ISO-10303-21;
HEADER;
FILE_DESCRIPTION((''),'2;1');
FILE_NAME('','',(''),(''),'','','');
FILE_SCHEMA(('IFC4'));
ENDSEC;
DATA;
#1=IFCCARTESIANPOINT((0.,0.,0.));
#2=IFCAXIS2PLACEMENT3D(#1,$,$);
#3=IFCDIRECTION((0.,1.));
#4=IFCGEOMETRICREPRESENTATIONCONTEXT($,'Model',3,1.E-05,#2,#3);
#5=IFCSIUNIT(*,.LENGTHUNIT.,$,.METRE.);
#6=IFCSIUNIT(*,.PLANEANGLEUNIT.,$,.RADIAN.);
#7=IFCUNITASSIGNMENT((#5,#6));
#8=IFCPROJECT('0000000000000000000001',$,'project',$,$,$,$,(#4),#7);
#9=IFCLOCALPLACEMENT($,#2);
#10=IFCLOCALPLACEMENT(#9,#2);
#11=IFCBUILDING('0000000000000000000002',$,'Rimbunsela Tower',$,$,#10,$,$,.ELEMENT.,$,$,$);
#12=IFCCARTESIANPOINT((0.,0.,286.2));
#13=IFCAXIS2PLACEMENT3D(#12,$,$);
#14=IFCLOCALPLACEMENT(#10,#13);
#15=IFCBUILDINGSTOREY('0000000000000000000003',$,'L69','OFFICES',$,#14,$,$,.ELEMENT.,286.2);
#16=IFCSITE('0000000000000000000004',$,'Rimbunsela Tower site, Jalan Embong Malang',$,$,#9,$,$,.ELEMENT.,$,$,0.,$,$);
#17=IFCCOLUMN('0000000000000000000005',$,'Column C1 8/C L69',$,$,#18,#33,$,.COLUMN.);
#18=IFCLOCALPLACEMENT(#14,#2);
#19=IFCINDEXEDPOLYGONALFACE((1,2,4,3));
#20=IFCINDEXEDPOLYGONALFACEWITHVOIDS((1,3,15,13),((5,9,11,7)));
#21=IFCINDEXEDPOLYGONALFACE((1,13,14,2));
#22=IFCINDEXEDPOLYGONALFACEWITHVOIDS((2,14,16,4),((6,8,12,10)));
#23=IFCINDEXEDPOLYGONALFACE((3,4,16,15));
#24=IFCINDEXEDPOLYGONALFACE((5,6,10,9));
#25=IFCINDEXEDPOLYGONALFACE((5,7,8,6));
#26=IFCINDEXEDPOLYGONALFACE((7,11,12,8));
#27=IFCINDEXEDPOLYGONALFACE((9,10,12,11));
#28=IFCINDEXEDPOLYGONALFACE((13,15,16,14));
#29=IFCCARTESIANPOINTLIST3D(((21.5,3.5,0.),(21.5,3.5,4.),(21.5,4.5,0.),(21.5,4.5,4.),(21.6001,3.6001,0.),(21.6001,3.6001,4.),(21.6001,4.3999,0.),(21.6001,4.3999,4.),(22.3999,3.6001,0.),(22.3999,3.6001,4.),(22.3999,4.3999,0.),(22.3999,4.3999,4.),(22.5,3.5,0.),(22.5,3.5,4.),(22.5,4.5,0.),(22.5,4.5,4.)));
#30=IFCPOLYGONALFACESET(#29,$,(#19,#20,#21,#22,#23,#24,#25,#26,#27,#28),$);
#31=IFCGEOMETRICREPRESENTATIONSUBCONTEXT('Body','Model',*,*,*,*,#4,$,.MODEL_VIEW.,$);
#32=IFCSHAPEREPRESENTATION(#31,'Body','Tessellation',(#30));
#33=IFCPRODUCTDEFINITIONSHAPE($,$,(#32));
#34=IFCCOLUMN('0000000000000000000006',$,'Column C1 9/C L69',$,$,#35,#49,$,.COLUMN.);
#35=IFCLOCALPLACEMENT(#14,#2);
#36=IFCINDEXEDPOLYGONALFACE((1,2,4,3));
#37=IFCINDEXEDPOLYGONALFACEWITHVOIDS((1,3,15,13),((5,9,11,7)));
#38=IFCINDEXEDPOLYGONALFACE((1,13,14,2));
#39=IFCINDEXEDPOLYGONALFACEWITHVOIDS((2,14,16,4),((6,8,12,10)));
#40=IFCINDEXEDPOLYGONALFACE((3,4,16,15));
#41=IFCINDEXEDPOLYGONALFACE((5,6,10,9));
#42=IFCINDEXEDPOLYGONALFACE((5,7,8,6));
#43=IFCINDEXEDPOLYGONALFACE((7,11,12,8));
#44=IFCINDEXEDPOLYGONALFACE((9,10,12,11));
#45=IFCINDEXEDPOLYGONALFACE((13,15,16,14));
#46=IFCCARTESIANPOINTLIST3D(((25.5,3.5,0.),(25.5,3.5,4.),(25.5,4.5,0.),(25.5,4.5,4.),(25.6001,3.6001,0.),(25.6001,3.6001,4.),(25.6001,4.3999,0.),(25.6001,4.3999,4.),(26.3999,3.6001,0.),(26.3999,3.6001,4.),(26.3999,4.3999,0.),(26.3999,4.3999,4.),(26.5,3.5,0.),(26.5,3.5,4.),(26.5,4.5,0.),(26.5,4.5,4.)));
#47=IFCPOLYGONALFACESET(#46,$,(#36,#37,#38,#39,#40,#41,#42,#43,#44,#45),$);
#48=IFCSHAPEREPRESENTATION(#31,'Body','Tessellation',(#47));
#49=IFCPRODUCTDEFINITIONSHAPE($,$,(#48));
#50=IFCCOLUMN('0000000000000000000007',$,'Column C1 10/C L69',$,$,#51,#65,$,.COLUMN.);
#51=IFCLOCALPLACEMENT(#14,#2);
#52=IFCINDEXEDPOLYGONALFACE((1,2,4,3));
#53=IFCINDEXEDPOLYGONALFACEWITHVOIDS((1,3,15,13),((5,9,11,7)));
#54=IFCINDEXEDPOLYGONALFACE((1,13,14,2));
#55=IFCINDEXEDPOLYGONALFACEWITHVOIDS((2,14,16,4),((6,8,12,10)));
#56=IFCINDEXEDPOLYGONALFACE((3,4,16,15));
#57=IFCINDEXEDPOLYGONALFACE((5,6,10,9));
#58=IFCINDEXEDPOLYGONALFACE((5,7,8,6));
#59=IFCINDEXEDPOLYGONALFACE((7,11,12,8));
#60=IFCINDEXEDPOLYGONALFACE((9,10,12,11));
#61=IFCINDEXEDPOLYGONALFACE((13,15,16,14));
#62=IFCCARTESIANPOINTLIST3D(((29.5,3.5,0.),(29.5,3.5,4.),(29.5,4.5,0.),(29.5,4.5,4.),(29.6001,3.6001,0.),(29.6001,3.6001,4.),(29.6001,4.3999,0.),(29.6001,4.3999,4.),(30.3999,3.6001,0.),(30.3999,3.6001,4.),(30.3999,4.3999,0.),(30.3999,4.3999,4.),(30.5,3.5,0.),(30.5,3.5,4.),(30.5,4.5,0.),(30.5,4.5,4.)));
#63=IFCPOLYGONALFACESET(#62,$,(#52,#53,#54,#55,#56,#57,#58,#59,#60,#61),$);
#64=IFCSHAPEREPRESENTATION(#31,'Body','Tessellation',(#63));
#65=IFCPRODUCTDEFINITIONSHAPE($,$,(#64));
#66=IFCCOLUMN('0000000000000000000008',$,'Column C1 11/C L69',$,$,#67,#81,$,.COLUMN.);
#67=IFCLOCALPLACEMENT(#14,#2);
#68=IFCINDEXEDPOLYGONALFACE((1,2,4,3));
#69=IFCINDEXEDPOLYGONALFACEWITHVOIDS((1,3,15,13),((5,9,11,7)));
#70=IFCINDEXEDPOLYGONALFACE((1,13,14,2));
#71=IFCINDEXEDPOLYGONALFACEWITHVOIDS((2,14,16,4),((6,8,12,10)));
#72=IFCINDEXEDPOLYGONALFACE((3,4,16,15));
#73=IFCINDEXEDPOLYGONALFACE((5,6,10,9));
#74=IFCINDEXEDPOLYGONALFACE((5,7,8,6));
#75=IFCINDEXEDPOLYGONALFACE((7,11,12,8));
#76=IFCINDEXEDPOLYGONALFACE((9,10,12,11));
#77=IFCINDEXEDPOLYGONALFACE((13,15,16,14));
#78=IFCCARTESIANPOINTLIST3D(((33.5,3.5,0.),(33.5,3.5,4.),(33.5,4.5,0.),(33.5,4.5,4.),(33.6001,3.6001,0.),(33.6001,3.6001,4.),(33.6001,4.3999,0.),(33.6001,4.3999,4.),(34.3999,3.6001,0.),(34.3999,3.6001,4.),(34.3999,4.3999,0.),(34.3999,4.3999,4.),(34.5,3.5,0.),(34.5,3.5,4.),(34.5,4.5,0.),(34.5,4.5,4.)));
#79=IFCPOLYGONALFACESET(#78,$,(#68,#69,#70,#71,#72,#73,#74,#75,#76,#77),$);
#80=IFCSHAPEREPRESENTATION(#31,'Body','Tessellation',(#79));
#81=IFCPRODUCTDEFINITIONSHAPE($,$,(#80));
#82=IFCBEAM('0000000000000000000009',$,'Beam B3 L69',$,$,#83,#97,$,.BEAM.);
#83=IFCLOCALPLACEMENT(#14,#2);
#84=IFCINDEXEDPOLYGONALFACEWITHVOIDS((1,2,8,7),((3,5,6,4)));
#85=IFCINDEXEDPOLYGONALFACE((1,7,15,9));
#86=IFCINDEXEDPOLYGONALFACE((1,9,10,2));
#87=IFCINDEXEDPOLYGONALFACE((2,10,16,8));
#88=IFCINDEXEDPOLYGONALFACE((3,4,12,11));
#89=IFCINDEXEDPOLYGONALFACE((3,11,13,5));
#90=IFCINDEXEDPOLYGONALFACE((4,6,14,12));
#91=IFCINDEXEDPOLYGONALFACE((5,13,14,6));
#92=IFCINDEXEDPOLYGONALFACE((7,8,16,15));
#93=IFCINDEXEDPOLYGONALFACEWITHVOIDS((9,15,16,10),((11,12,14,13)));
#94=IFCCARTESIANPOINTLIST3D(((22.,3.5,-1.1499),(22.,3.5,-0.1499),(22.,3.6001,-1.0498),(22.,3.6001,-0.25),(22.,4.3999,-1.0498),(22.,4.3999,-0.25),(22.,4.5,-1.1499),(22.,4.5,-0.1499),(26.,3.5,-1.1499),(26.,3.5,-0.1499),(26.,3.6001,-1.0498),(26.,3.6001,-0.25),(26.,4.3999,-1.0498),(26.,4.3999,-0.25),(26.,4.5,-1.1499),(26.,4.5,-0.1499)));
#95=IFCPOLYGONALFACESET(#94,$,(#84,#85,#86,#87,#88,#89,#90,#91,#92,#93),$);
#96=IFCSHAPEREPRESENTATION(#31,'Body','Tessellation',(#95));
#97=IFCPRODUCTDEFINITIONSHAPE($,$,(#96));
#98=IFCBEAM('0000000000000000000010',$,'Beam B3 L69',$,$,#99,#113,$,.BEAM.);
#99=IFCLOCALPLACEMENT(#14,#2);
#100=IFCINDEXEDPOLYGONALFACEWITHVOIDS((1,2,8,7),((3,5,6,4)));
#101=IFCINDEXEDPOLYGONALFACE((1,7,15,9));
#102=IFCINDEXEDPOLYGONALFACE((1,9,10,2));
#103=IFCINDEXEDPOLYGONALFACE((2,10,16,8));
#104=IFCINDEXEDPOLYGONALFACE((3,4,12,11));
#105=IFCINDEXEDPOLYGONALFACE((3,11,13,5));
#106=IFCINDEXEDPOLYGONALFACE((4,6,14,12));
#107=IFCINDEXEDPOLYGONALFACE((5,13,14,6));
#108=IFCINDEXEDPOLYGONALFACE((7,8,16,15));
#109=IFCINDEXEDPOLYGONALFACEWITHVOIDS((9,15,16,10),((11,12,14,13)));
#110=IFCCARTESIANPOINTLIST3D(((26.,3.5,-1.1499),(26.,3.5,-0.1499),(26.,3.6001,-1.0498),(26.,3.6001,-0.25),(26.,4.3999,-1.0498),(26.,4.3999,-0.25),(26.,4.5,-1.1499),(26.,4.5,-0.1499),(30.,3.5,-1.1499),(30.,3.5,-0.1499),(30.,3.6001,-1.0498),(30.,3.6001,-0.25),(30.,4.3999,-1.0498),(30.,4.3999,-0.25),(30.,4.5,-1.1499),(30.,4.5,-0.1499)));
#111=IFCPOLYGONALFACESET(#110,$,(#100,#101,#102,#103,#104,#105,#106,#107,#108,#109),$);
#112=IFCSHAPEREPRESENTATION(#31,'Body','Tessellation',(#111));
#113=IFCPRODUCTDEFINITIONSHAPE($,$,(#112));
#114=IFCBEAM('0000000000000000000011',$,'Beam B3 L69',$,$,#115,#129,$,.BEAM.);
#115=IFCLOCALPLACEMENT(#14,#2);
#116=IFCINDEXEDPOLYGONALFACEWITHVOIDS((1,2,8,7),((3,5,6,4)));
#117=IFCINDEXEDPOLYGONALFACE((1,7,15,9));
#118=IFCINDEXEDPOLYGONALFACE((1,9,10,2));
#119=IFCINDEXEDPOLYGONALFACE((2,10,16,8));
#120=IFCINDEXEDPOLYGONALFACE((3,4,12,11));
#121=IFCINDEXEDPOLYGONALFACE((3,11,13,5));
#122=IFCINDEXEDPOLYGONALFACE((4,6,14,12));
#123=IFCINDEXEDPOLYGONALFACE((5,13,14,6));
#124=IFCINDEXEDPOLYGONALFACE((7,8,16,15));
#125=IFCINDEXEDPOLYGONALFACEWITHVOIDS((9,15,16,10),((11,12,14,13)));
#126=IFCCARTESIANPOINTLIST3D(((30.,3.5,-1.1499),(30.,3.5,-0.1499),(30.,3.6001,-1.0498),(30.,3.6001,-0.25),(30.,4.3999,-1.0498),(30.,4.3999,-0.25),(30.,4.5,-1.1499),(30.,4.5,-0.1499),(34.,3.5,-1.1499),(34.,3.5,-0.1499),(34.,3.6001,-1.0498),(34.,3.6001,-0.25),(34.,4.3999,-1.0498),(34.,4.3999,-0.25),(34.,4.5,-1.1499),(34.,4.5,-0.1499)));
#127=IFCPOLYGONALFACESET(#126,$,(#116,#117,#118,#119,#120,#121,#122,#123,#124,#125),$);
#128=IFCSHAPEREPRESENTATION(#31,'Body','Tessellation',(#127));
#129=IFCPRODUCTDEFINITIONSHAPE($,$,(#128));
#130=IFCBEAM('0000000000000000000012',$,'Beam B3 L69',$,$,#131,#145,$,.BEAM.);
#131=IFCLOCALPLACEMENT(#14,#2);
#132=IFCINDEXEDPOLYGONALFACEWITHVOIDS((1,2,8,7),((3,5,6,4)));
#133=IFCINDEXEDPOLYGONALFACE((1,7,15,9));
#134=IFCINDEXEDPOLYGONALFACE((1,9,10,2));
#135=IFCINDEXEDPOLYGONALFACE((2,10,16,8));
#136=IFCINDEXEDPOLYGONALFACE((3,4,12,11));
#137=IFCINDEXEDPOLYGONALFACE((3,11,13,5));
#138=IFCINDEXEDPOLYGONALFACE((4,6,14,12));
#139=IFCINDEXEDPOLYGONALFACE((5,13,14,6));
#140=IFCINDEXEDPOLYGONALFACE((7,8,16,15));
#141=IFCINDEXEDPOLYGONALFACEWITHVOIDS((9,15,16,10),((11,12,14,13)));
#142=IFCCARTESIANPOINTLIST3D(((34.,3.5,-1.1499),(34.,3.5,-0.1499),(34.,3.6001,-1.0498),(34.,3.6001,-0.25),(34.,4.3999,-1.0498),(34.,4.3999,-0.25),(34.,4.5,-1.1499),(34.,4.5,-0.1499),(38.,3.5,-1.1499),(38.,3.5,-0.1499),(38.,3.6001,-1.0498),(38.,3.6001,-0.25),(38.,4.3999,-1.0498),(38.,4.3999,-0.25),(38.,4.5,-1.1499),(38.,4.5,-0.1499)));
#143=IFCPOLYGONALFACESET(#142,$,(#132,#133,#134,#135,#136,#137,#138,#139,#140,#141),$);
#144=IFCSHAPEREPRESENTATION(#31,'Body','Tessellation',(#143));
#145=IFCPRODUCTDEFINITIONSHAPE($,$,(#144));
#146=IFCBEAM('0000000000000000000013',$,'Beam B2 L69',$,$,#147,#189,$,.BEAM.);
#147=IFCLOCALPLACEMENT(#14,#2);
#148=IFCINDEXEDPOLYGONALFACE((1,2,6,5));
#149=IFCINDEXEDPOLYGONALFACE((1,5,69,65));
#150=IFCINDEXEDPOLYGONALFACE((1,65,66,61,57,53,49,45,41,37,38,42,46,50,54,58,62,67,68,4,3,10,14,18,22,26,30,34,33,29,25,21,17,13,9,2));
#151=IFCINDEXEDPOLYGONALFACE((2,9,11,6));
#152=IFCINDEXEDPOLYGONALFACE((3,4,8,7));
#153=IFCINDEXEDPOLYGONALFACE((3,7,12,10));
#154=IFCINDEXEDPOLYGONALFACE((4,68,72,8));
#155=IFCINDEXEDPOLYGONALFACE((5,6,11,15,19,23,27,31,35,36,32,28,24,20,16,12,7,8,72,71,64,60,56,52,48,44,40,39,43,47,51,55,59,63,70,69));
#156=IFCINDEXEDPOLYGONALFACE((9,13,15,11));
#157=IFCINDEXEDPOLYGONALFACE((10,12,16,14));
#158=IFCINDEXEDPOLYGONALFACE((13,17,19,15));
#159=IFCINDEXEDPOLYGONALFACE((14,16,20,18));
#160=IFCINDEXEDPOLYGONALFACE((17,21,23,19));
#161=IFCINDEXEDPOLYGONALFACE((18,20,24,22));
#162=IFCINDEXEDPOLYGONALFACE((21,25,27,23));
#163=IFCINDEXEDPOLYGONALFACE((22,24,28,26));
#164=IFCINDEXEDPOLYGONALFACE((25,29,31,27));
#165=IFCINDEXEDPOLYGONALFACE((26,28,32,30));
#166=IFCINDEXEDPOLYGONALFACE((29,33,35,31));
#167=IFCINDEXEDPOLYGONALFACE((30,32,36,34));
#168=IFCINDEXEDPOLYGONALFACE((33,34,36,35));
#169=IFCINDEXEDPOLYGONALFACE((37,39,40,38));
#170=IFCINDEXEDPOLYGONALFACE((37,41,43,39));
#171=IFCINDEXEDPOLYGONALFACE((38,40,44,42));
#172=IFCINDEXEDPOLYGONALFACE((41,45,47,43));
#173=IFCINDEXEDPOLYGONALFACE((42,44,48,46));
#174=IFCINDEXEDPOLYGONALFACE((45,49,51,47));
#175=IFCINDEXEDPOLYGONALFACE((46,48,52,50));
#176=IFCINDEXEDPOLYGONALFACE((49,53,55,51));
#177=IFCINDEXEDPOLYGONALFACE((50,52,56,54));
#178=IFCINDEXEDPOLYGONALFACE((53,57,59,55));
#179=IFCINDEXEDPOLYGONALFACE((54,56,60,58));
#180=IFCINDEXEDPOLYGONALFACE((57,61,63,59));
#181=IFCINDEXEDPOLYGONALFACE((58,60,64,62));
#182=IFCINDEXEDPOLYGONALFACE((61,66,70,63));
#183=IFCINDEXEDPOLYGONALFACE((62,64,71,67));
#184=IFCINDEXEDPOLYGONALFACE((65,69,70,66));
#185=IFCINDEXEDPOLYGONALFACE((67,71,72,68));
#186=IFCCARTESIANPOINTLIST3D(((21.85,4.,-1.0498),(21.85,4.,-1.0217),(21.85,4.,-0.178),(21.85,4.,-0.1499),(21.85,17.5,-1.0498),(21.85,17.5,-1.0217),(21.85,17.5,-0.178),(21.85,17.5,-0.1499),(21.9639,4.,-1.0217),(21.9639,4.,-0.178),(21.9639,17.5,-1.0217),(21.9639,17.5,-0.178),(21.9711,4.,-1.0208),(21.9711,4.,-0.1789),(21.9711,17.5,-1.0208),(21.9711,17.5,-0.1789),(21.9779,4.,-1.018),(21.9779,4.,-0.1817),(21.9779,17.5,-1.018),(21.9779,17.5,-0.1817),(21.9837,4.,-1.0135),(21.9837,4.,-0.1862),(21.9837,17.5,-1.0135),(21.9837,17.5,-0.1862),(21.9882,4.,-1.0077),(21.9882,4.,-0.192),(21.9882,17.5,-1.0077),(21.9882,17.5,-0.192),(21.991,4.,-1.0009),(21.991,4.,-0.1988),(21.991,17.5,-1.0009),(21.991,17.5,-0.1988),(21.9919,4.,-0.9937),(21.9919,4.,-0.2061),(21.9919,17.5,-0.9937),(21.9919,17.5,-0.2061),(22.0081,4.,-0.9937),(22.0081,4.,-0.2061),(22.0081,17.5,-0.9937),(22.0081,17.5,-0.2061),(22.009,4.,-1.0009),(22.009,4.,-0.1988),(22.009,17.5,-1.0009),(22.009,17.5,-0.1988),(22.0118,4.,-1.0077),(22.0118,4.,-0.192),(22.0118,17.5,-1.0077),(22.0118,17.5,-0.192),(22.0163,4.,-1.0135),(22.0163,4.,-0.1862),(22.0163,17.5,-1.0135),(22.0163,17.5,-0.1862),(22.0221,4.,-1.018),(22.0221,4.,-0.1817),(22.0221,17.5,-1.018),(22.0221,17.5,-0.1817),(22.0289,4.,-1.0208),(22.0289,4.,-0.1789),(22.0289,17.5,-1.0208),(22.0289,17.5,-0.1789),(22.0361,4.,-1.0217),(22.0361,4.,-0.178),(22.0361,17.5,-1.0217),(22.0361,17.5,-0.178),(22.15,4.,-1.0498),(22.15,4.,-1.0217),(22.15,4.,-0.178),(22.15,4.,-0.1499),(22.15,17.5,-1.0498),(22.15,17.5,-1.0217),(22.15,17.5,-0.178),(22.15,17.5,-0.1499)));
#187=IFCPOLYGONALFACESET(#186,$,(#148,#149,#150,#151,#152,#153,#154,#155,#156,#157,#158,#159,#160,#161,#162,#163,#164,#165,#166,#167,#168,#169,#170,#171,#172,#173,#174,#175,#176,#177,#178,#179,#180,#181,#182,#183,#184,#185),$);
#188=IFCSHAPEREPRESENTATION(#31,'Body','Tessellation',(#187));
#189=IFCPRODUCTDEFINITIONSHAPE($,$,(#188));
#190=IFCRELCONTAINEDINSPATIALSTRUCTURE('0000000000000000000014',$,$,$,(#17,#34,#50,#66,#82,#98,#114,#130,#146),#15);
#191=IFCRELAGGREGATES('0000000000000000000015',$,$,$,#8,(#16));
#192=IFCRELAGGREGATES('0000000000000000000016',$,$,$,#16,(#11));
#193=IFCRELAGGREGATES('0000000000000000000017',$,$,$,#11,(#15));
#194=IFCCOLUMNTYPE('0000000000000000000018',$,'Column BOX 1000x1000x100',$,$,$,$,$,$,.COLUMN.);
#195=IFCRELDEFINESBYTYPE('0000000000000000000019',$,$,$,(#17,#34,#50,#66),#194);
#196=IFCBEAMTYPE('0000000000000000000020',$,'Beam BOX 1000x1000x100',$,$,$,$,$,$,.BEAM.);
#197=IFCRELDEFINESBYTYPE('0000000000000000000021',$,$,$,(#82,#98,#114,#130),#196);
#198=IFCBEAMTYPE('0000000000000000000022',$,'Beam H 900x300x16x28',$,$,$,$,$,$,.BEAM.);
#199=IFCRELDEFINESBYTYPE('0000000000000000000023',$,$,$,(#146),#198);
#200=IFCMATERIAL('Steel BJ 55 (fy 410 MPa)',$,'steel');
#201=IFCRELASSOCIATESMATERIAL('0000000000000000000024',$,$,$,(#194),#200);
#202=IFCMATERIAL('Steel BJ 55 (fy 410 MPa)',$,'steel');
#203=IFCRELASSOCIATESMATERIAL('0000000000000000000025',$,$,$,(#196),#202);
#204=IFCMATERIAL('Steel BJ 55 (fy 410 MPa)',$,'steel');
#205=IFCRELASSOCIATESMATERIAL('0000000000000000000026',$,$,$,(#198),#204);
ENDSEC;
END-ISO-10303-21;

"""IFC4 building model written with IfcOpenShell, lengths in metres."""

from ifc_helpers import new_model, si_unit, direction, frame, origin, origin_2d, place, context, subcontext, project, spatial, hollow_rectangle, i_section, extrude, material, material_profile, profile_set, type_object, element, save


model = new_model("IFC4")

# Units and contexts
model_context = context("Model", 3, precision=1e-05, world=origin(), true_north=direction((0.0, 1.0)))
body_context = subcontext(model_context, "Body", "Model", "MODEL_VIEW")
ifc_project = project(units=[si_unit("LENGTHUNIT", "METRE"), si_unit("PLANEANGLEUNIT", "RADIAN")], contexts=[model_context])

# Site, building, storey
site_placement = place(None, origin())
site = spatial("IfcSite", under=ifc_project, at=site_placement, Name="Rimbunsela Tower site, Jalan Embong Malang", CompositionType="ELEMENT", RefElevation=0.0)
building_placement = place(site_placement, origin())
building = spatial("IfcBuilding", under=site, at=building_placement, Name="Rimbunsela Tower", CompositionType="ELEMENT")
storey_placement = place(building_placement, frame((0.0, 0.0, 286.2)))
storey = spatial("IfcBuildingStorey", under=building, at=storey_placement, Name="L69", Description="OFFICES", CompositionType="ELEMENT", Elevation=286.2)

# Columns
ifc_material_1 = material(Name="Steel BJ 55 (fy 410 MPa)", Category="steel")
ifc_material_profile_1 = material_profile(ifc_material_1, hollow_rectangle(XDim=1.0, YDim=1.0, WallThickness=0.1001, at=origin_2d()), Name="BOX 1000x1000x100")
ifc_profile_set_1 = profile_set([ifc_material_profile_1], Name="Steel BJ 55 (fy 410 MPa)")
column_type = type_object("IfcColumnType", Name="Column BOX 1000x1000x100", PredefinedType="COLUMN", material=ifc_profile_set_1)
for number, where, z_axis, x_axis, name in (
    (1, (22.0, 4.0, 0.0), (0.0, 0.0, 1.0), (1.0, 0.0, 0.0), "Column C1 8/C L69"),
    (2, (26.0, 4.0, 0.0), (0.0, 0.0, 1.0), (1.0, 0.0, 0.0), "Column C1 9/C L69"),
    (3, (30.0, 4.0, 0.0), (0.0, 0.0, 1.0), (1.0, 0.0, 0.0), "Column C1 10/C L69"),
    (4, (34.0, 4.0, 0.0), (0.0, 0.0, 1.0), (1.0, 0.0, 0.0), "Column C1 11/C L69"),
):
    element("IfcColumn", number, at=place(storey_placement, frame(where, z_axis=z_axis, x_axis=x_axis)), inside=storey, type_object=column_type, Name=name, PredefinedType="COLUMN", context=body_context, shape_type="SweptSolid", body=[
        extrude(hollow_rectangle(XDim=1.0, YDim=1.0, WallThickness=0.1001, at=origin_2d()), origin(), (0.0, 0.0, 1.0), 4.0),
    ])

# Beams
ifc_material_2 = material(Name="Steel BJ 55 (fy 410 MPa)", Category="steel")
ifc_material_profile_2 = material_profile(ifc_material_2, hollow_rectangle(XDim=1.0, YDim=1.0, WallThickness=0.1001, at=origin_2d()), Name="BOX 1000x1000x100")
ifc_profile_set_2 = profile_set([ifc_material_profile_2], Name="Steel BJ 55 (fy 410 MPa)")
beam_type_1 = type_object("IfcBeamType", Name="Beam BOX 1000x1000x100", PredefinedType="BEAM", material=ifc_profile_set_2)
for number, where, z_axis, x_axis, name in (
    (5, (22.0, 4.0, -0.6499), (1.0, 0.0, 0.0), (0.0, 1.0, 0.0), "Beam B3 L69"),
    (6, (26.0, 4.0, -0.6499), (1.0, 0.0, 0.0), (0.0, 1.0, 0.0), "Beam B3 L69"),
    (7, (30.0, 4.0, -0.6499), (1.0, 0.0, 0.0), (0.0, 1.0, 0.0), "Beam B3 L69"),
    (8, (34.0, 4.0, -0.6499), (1.0, 0.0, 0.0), (0.0, 1.0, 0.0), "Beam B3 L69"),
):
    element("IfcBeam", number, at=place(storey_placement, frame(where, z_axis=z_axis, x_axis=x_axis)), inside=storey, type_object=beam_type_1, Name=name, PredefinedType="BEAM", context=body_context, shape_type="SweptSolid", body=[
        extrude(hollow_rectangle(XDim=1.0, YDim=1.0, WallThickness=0.1001, at=origin_2d()), origin(), (0.0, 0.0, 1.0), 4.0),
    ])
ifc_material_3 = material(Name="Steel BJ 55 (fy 410 MPa)", Category="steel")
ifc_material_profile_3 = material_profile(ifc_material_3, i_section(OverallWidth=0.3, OverallDepth=0.8999, WebThickness=0.0161, FlangeThickness=0.0281, FilletRadius=0.0281, at=origin_2d()), Name="H 900x300x16x28")
ifc_profile_set_3 = profile_set([ifc_material_profile_3], Name="Steel BJ 55 (fy 410 MPa)")
beam_type_2 = type_object("IfcBeamType", Name="Beam H 900x300x16x28", PredefinedType="BEAM", material=ifc_profile_set_3)
for number, where, z_axis, x_axis, name in (
    (9, (22.0, 4.0, -0.5999), (0.0, 1.0, 0.0), (-1.0, 0.0, 0.0), "Beam B2 L69"),
):
    element("IfcBeam", number, at=place(storey_placement, frame(where, z_axis=z_axis, x_axis=x_axis)), inside=storey, type_object=beam_type_2, Name=name, PredefinedType="BEAM", context=body_context, shape_type="SweptSolid", body=[
        extrude(i_section(OverallWidth=0.3, OverallDepth=0.8999, WebThickness=0.0161, FlangeThickness=0.0281, FilletRadius=0.0281, at=origin_2d()), origin(), (0.0, 0.0, 1.0), 13.5),
    ])

save(model, "model.ifc")
